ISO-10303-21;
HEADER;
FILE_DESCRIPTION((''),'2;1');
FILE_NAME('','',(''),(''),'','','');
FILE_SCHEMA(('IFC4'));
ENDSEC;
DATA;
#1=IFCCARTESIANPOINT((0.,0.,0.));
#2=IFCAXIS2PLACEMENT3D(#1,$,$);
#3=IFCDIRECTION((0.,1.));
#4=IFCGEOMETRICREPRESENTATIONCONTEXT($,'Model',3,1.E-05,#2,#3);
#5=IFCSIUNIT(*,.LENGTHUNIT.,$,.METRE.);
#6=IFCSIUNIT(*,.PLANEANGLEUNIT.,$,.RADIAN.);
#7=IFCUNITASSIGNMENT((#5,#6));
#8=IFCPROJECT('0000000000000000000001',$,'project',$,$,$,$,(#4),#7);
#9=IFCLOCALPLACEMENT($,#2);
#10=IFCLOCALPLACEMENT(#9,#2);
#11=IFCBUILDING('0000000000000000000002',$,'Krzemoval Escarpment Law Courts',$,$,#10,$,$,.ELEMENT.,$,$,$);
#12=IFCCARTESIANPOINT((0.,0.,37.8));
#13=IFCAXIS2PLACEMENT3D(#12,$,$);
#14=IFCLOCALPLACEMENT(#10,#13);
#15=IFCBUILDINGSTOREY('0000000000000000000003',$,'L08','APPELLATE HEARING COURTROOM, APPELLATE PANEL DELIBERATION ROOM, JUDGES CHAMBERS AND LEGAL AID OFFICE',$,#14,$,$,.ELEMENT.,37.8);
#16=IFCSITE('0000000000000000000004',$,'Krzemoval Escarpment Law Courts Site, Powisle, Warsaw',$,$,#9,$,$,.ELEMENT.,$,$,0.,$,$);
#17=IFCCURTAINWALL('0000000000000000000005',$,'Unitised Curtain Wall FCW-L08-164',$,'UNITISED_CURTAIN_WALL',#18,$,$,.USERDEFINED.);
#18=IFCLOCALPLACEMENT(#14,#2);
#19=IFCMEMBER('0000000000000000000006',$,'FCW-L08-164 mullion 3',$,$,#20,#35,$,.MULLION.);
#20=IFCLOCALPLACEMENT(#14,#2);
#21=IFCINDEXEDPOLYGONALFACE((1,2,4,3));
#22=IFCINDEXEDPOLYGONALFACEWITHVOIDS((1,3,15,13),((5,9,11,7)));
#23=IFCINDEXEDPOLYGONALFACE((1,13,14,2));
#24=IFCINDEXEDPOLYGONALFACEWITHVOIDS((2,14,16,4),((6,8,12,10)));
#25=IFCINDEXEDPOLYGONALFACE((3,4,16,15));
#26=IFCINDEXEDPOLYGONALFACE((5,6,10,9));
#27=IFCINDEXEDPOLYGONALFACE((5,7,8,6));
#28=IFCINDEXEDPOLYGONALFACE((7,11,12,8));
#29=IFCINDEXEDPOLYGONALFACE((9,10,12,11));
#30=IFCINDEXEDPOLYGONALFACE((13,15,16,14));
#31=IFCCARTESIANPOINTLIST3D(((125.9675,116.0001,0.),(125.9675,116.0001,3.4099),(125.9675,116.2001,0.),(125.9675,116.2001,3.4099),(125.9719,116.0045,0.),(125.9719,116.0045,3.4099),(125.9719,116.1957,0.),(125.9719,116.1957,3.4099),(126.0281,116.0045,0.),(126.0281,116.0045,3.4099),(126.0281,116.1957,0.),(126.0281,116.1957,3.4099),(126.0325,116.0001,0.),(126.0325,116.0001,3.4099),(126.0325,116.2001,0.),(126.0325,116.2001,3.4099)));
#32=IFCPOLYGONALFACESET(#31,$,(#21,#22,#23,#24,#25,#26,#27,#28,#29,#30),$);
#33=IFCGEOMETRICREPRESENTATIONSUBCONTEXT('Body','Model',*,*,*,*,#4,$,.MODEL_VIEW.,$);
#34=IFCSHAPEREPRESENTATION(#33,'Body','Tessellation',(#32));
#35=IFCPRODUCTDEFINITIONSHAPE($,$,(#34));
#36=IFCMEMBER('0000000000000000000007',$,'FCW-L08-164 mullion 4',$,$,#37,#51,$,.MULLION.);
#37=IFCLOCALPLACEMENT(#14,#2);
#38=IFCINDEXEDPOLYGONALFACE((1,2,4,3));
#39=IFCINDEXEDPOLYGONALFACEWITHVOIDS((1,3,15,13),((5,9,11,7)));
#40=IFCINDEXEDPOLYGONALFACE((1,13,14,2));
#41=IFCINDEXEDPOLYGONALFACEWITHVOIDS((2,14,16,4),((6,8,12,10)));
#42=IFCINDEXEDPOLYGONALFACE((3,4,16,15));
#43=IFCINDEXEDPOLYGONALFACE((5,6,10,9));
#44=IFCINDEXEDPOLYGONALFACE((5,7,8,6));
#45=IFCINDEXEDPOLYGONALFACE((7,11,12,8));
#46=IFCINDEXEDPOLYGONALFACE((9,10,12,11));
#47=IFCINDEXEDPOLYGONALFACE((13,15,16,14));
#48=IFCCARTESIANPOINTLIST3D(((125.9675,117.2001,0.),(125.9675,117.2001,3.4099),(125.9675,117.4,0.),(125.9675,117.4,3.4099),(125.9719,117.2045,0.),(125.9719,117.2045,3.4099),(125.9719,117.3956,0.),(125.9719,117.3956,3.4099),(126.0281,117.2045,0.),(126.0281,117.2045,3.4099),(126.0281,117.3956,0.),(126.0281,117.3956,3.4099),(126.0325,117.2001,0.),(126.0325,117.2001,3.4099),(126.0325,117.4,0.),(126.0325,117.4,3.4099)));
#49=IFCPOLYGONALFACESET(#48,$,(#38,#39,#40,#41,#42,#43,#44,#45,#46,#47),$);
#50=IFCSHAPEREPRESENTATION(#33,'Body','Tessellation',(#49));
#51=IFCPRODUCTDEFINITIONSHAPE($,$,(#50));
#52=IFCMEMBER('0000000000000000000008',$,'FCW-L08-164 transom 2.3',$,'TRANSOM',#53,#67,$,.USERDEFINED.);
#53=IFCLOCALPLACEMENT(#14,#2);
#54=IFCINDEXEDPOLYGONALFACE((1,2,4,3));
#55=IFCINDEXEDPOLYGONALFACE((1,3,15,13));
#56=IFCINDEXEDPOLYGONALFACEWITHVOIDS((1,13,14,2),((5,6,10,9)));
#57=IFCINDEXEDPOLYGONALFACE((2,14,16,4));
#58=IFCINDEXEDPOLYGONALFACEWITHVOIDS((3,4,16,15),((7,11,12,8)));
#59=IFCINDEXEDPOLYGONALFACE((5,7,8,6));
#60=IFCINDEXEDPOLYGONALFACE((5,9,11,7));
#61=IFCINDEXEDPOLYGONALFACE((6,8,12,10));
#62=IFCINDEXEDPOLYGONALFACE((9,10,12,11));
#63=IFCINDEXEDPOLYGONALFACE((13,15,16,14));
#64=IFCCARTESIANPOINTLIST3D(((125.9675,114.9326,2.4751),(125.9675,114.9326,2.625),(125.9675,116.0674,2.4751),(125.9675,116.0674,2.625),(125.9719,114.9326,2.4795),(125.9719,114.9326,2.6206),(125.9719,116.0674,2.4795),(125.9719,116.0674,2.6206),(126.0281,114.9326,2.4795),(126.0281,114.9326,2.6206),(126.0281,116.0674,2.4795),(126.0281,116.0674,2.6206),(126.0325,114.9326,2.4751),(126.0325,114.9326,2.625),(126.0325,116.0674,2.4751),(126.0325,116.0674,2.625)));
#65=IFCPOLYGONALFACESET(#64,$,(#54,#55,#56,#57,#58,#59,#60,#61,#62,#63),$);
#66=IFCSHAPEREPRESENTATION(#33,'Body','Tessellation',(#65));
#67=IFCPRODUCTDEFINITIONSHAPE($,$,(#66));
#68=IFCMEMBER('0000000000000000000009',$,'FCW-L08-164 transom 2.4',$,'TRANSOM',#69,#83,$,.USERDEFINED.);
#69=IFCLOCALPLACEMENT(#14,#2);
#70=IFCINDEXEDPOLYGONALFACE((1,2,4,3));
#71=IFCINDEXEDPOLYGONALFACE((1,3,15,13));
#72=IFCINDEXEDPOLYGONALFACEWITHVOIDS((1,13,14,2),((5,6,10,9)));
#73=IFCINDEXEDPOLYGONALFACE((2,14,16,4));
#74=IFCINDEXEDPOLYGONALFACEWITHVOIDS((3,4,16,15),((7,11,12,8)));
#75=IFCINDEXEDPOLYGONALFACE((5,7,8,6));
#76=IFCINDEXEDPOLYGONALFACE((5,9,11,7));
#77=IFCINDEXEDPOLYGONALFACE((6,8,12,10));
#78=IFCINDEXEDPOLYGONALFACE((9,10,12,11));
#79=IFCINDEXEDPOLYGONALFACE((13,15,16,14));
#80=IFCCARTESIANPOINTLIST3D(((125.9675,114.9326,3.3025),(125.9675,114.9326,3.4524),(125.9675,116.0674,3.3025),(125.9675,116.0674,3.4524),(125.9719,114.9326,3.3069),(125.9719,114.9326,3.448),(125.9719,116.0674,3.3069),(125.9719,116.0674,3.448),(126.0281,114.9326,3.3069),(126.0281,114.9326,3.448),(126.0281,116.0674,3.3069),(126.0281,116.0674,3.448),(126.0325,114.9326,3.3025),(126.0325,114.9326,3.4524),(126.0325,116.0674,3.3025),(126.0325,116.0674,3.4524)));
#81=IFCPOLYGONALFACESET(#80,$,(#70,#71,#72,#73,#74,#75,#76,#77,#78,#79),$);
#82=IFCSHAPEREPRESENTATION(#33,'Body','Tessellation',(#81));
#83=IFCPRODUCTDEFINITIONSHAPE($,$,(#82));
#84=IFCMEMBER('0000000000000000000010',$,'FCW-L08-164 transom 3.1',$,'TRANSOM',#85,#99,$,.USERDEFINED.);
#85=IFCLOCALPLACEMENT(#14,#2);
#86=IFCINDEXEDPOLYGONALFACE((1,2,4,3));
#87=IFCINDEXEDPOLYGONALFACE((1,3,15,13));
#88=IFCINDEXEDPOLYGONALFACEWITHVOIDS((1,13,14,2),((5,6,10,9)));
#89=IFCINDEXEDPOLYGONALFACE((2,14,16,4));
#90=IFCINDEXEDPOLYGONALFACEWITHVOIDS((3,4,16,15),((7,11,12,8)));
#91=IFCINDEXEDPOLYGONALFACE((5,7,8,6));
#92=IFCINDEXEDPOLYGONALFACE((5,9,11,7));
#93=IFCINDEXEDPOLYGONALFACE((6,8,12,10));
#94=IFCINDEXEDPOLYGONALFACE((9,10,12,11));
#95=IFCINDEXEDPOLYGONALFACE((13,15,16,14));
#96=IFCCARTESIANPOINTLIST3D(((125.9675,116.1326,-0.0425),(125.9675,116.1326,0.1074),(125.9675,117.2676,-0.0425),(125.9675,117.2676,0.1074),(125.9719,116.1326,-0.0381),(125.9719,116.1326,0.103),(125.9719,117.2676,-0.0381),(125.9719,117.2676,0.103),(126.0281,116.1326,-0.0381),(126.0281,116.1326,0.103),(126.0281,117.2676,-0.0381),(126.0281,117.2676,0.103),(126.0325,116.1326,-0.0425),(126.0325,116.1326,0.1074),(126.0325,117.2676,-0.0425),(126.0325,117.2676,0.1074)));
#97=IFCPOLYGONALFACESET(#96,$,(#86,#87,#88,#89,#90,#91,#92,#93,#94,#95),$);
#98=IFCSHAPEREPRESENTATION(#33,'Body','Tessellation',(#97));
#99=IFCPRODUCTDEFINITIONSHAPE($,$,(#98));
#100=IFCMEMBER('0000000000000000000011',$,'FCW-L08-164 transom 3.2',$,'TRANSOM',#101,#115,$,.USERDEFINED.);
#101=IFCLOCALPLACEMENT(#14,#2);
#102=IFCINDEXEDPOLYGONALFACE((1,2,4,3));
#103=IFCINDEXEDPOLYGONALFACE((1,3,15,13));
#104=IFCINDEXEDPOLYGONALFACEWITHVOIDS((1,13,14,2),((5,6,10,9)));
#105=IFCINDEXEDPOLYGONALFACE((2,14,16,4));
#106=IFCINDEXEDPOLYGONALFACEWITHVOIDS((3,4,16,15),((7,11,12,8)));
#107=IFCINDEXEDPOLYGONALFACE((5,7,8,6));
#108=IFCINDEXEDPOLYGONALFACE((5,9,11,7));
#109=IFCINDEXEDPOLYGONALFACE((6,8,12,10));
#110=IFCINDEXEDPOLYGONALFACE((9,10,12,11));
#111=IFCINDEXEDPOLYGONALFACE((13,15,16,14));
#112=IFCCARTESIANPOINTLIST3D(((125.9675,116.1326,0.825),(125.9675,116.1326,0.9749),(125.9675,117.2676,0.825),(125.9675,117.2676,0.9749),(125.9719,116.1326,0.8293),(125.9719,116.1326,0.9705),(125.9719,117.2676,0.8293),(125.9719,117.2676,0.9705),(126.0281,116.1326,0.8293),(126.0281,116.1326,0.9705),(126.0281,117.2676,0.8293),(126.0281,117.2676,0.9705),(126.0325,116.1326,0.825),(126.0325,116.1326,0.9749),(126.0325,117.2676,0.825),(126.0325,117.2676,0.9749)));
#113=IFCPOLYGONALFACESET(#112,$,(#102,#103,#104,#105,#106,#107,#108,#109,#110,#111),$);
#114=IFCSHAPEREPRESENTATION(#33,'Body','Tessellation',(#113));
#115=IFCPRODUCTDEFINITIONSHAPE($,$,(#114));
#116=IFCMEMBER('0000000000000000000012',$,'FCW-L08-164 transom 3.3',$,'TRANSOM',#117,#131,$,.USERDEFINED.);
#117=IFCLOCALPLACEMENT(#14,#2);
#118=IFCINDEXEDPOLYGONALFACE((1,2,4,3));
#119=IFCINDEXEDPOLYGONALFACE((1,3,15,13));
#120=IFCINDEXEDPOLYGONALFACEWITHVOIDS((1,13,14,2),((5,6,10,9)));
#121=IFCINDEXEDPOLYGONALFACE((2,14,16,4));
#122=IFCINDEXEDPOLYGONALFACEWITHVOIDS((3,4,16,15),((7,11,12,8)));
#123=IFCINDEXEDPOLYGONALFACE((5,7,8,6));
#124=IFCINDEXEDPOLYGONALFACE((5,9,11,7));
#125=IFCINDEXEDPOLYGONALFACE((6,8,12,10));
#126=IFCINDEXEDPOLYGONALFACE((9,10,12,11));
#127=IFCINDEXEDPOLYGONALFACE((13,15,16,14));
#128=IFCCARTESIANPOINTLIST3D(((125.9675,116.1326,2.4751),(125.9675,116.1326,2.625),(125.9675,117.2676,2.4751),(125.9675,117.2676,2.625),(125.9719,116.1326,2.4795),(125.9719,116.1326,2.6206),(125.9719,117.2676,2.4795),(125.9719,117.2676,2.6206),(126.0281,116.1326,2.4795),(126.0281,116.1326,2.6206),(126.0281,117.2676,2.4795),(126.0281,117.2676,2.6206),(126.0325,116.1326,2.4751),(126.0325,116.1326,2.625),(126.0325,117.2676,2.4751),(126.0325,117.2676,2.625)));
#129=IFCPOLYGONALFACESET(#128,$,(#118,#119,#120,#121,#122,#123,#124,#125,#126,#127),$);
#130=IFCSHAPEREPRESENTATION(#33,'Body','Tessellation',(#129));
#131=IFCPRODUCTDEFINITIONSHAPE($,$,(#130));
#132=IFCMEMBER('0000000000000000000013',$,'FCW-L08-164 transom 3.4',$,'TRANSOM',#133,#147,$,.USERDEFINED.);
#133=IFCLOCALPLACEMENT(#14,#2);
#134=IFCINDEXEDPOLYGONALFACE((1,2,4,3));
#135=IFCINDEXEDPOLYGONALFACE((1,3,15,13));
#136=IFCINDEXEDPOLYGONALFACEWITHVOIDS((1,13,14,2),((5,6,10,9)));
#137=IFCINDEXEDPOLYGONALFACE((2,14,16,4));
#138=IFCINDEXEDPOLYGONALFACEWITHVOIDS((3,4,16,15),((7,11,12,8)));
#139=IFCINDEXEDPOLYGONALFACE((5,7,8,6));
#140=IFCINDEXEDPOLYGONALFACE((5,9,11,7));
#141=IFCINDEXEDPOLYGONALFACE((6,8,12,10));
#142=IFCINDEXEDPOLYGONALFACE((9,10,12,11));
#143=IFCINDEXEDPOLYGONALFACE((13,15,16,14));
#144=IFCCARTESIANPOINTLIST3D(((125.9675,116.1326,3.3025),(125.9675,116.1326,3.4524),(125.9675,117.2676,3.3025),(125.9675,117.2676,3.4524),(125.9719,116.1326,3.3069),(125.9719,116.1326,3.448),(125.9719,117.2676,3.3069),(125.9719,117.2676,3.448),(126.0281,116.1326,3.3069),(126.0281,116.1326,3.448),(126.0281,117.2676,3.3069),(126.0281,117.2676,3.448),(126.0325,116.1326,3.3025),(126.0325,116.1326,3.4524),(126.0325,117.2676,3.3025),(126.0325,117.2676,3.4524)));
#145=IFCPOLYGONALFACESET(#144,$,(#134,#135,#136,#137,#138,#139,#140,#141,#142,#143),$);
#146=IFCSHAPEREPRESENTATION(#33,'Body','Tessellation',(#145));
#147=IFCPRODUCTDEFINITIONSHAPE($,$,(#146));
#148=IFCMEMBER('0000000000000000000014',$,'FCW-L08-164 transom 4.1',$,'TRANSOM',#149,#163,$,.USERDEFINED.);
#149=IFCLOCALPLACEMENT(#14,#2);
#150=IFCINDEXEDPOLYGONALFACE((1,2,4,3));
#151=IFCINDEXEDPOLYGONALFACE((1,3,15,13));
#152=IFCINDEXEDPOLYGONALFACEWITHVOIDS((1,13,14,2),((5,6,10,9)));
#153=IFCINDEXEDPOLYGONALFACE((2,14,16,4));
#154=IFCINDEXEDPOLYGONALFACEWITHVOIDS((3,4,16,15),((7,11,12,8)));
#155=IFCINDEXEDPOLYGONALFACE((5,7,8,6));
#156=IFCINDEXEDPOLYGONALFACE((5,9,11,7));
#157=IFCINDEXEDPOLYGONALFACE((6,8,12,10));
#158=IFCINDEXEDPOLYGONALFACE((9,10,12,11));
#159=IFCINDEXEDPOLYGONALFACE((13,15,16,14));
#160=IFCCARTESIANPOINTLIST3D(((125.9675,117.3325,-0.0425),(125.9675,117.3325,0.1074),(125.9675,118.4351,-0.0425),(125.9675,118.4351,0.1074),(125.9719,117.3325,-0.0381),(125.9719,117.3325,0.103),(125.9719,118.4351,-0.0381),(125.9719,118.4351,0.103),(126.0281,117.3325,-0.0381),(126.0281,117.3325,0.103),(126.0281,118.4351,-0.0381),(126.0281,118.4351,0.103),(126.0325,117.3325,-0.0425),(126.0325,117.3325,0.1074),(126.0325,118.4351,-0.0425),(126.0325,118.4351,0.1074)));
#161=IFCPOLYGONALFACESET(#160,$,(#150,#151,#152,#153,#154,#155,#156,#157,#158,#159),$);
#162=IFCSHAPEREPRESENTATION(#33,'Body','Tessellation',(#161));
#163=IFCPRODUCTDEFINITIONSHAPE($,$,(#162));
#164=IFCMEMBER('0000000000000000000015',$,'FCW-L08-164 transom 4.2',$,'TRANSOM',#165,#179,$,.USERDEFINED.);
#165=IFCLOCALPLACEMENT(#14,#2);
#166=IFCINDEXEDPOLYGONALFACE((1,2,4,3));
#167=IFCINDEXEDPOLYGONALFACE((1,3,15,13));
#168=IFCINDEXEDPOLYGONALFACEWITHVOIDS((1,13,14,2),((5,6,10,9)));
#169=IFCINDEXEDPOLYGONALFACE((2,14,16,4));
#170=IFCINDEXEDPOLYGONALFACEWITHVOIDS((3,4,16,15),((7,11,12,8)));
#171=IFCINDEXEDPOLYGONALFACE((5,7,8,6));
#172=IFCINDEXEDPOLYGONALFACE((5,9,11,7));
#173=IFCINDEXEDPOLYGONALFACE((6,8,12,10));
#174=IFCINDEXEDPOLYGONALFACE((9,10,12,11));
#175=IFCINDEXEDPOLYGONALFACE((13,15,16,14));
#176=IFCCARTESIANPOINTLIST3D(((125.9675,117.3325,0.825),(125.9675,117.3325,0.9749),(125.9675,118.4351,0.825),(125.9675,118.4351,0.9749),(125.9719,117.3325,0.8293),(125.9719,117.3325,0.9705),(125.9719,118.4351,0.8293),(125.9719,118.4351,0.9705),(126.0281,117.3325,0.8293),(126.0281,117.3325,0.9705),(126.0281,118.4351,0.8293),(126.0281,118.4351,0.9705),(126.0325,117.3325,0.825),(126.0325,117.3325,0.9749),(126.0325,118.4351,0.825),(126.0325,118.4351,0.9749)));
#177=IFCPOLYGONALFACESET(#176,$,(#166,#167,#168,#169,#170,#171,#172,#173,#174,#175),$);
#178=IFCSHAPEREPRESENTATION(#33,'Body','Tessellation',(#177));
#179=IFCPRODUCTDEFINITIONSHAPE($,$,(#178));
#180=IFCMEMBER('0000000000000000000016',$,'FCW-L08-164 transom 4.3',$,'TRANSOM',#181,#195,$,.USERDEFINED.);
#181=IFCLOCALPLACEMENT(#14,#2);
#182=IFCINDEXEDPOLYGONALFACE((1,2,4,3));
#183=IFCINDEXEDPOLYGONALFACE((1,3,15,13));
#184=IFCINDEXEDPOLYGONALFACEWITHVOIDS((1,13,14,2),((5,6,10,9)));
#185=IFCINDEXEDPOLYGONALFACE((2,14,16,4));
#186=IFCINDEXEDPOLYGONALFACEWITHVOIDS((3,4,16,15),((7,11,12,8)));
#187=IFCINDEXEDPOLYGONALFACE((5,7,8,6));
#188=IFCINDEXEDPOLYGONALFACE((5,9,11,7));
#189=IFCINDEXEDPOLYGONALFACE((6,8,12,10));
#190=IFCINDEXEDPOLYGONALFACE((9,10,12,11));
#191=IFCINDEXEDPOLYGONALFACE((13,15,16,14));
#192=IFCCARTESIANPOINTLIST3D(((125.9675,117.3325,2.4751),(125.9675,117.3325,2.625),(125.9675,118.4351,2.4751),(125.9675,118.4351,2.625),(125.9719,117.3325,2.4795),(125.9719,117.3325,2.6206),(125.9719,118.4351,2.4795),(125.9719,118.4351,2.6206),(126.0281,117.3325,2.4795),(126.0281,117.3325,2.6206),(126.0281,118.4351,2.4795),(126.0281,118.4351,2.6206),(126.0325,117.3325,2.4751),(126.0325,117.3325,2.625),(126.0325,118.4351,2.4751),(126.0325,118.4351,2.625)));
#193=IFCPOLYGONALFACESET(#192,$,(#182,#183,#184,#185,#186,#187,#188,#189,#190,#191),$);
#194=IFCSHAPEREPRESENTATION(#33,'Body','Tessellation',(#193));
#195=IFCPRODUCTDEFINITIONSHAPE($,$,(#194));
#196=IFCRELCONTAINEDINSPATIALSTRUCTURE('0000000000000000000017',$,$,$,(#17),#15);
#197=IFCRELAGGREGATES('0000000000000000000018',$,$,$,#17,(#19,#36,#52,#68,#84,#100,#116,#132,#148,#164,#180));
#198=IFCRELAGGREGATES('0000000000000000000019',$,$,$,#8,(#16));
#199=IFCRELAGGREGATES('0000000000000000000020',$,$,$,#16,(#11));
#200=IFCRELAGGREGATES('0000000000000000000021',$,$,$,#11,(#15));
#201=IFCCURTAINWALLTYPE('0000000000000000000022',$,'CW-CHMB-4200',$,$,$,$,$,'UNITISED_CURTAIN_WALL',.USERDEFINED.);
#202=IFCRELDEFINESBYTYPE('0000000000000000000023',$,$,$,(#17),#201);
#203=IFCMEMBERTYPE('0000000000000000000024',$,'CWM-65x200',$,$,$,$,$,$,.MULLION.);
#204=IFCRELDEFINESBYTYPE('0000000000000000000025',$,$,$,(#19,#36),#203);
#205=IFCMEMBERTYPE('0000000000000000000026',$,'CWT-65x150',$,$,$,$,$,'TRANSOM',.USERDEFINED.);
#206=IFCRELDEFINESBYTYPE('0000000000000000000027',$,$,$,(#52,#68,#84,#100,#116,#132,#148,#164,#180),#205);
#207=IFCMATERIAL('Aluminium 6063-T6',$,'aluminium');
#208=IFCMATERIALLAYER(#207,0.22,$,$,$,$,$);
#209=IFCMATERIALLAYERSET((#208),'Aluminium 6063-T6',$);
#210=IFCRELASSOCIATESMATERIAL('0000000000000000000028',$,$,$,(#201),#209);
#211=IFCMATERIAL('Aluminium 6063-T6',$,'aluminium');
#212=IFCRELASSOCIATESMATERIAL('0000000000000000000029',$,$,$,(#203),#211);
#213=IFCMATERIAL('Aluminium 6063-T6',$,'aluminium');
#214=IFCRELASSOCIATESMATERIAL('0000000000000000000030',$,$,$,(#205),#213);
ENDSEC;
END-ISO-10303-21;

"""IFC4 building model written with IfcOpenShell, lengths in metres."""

from ifc_helpers import new_model, si_unit, direction, frame, origin, origin_2d, place, context, subcontext, project, spatial, hollow_rectangle, extrude, material, layer, layer_set, material_profile, profile_set, type_object, element, aggregate, save


model = new_model("IFC4")

# Units and contexts
model_context = context("Model", 3, precision=1e-05, world=origin(), true_north=direction((0.0, 1.0)))
body_context = subcontext(model_context, "Body", "Model", "MODEL_VIEW")
ifc_project = project(units=[si_unit("LENGTHUNIT", "METRE"), si_unit("PLANEANGLEUNIT", "RADIAN")], contexts=[model_context])

# Site, building, storey
site_placement = place(None, origin())
site = spatial("IfcSite", under=ifc_project, at=site_placement, Name="Krzemoval Escarpment Law Courts Site, Powisle, Warsaw", CompositionType="ELEMENT", RefElevation=0.0)
building_placement = place(site_placement, origin())
building = spatial("IfcBuilding", under=site, at=building_placement, Name="Krzemoval Escarpment Law Courts", CompositionType="ELEMENT")
storey_placement = place(building_placement, frame((0.0, 0.0, 37.8)))
storey = spatial("IfcBuildingStorey", under=building, at=storey_placement, Name="L08", Description="APPELLATE HEARING COURTROOM, APPELLATE PANEL DELIBERATION ROOM, JUDGES CHAMBERS AND LEGAL AID OFFICE", CompositionType="ELEMENT", Elevation=37.8)

# Curtain wall, members
ifc_material_1 = material(Name="Aluminium 6063-T6", Category="aluminium")
ifc_layer_1 = layer(ifc_material_1, 0.22)
ifc_layer_set_1 = layer_set([ifc_layer_1], Name="Aluminium 6063-T6")
curtain_wall_type = type_object("IfcCurtainWallType", Name="CW-CHMB-4200", ElementType="UNITISED_CURTAIN_WALL", PredefinedType="USERDEFINED", material=ifc_layer_set_1)
curtain_wall_placement = place(storey_placement, origin())
curtain_wall = element("IfcCurtainWall", 1, at=curtain_wall_placement, inside=storey, type_object=curtain_wall_type, Name="Unitised Curtain Wall FCW-L08-164", ObjectType="UNITISED_CURTAIN_WALL", PredefinedType="USERDEFINED")
ifc_material_2 = material(Name="Aluminium 6063-T6", Category="aluminium")
ifc_material_profile_1 = material_profile(ifc_material_2, hollow_rectangle(XDim=0.0649, YDim=0.2, WallThickness=0.0044, at=origin_2d()), Name="ALU M65x200")
ifc_profile_set_1 = profile_set([ifc_material_profile_1], Name="Aluminium 6063-T6")
member_type_1 = type_object("IfcMemberType", Name="CWM-65x200", PredefinedType="MULLION", material=ifc_profile_set_1)
member_1_placement = place(storey_placement, frame((126.0, 116.1001, 0.0), z_axis=(0.0, 0.0, 1.0), x_axis=(-1.0, 0.0, 0.0)))
member_1 = element("IfcMember", 2, at=member_1_placement, type_object=member_type_1, Name="FCW-L08-164 mullion 3", PredefinedType="MULLION", context=body_context, shape_type="SweptSolid", body=[
    extrude(hollow_rectangle(XDim=0.0649, YDim=0.2, WallThickness=0.0044, at=origin_2d()), origin(), (0.0, 0.0, 1.0), 3.4099),
])
member_2_placement = place(storey_placement, frame((126.0, 117.3, 0.0), z_axis=(0.0, 0.0, 1.0), x_axis=(-1.0, 0.0, 0.0)))
member_2 = element("IfcMember", 3, at=member_2_placement, type_object=member_type_1, Name="FCW-L08-164 mullion 4", PredefinedType="MULLION", context=body_context, shape_type="SweptSolid", body=[
    extrude(hollow_rectangle(XDim=0.0649, YDim=0.2, WallThickness=0.0044, at=origin_2d()), origin(), (0.0, 0.0, 1.0), 3.4099),
])
ifc_material_3 = material(Name="Aluminium 6063-T6", Category="aluminium")
ifc_material_profile_2 = material_profile(ifc_material_3, hollow_rectangle(XDim=0.0649, YDim=0.1499, WallThickness=0.0044, at=origin_2d()), Name="ALU T65x150")
ifc_profile_set_2 = profile_set([ifc_material_profile_2], Name="Aluminium 6063-T6")
member_type_2 = type_object("IfcMemberType", Name="CWT-65x150", ElementType="TRANSOM", PredefinedType="USERDEFINED", material=ifc_profile_set_2)
member_3_placement = place(storey_placement, frame((126.0, 114.9326, 2.55), z_axis=(0.0, 1.0, 0.0), x_axis=(-1.0, 0.0, 0.0)))
member_3 = element("IfcMember", 4, at=member_3_placement, type_object=member_type_2, Name="FCW-L08-164 transom 2.3", ObjectType="TRANSOM", PredefinedType="USERDEFINED", context=body_context, shape_type="SweptSolid", body=[
    extrude(hollow_rectangle(XDim=0.0649, YDim=0.1499, WallThickness=0.0044, at=origin_2d()), origin(), (0.0, 0.0, 1.0), 1.1348),
])
member_4_placement = place(storey_placement, frame((126.0, 114.9326, 3.3774), z_axis=(0.0, 1.0, 0.0), x_axis=(-1.0, 0.0, 0.0)))
member_4 = element("IfcMember", 5, at=member_4_placement, type_object=member_type_2, Name="FCW-L08-164 transom 2.4", ObjectType="TRANSOM", PredefinedType="USERDEFINED", context=body_context, shape_type="SweptSolid", body=[
    extrude(hollow_rectangle(XDim=0.0649, YDim=0.1499, WallThickness=0.0044, at=origin_2d()), origin(), (0.0, 0.0, 1.0), 1.1348),
])
member_5_placement = place(storey_placement, frame((126.0, 116.1326, 0.0325), z_axis=(0.0, 1.0, 0.0), x_axis=(-1.0, 0.0, 0.0)))
member_5 = element("IfcMember", 6, at=member_5_placement, type_object=member_type_2, Name="FCW-L08-164 transom 3.1", ObjectType="TRANSOM", PredefinedType="USERDEFINED", context=body_context, shape_type="SweptSolid", body=[
    extrude(hollow_rectangle(XDim=0.0649, YDim=0.1499, WallThickness=0.0044, at=origin_2d()), origin(), (0.0, 0.0, 1.0), 1.135),
])
member_6_placement = place(storey_placement, frame((126.0, 116.1326, 0.8999), z_axis=(0.0, 1.0, 0.0), x_axis=(-1.0, 0.0, 0.0)))
member_6 = element("IfcMember", 7, at=member_6_placement, type_object=member_type_2, Name="FCW-L08-164 transom 3.2", ObjectType="TRANSOM", PredefinedType="USERDEFINED", context=body_context, shape_type="SweptSolid", body=[
    extrude(hollow_rectangle(XDim=0.0649, YDim=0.1499, WallThickness=0.0044, at=origin_2d()), origin(), (0.0, 0.0, 1.0), 1.135),
])
member_7_placement = place(storey_placement, frame((126.0, 116.1326, 2.55), z_axis=(0.0, 1.0, 0.0), x_axis=(-1.0, 0.0, 0.0)))
member_7 = element("IfcMember", 8, at=member_7_placement, type_object=member_type_2, Name="FCW-L08-164 transom 3.3", ObjectType="TRANSOM", PredefinedType="USERDEFINED", context=body_context, shape_type="SweptSolid", body=[
    extrude(hollow_rectangle(XDim=0.0649, YDim=0.1499, WallThickness=0.0044, at=origin_2d()), origin(), (0.0, 0.0, 1.0), 1.135),
])
member_8_placement = place(storey_placement, frame((126.0, 116.1326, 3.3774), z_axis=(0.0, 1.0, 0.0), x_axis=(-1.0, 0.0, 0.0)))
member_8 = element("IfcMember", 9, at=member_8_placement, type_object=member_type_2, Name="FCW-L08-164 transom 3.4", ObjectType="TRANSOM", PredefinedType="USERDEFINED", context=body_context, shape_type="SweptSolid", body=[
    extrude(hollow_rectangle(XDim=0.0649, YDim=0.1499, WallThickness=0.0044, at=origin_2d()), origin(), (0.0, 0.0, 1.0), 1.135),
])
member_9_placement = place(storey_placement, frame((126.0, 117.3325, 0.0325), z_axis=(0.0, 1.0, 0.0), x_axis=(-1.0, 0.0, 0.0)))
member_9 = element("IfcMember", 10, at=member_9_placement, type_object=member_type_2, Name="FCW-L08-164 transom 4.1", ObjectType="TRANSOM", PredefinedType="USERDEFINED", context=body_context, shape_type="SweptSolid", body=[
    extrude(hollow_rectangle(XDim=0.0649, YDim=0.1499, WallThickness=0.0044, at=origin_2d()), origin(), (0.0, 0.0, 1.0), 1.1025),
])
member_10_placement = place(storey_placement, frame((126.0, 117.3325, 0.8999), z_axis=(0.0, 1.0, 0.0), x_axis=(-1.0, 0.0, 0.0)))
member_10 = element("IfcMember", 11, at=member_10_placement, type_object=member_type_2, Name="FCW-L08-164 transom 4.2", ObjectType="TRANSOM", PredefinedType="USERDEFINED", context=body_context, shape_type="SweptSolid", body=[
    extrude(hollow_rectangle(XDim=0.0649, YDim=0.1499, WallThickness=0.0044, at=origin_2d()), origin(), (0.0, 0.0, 1.0), 1.1025),
])
member_11_placement = place(storey_placement, frame((126.0, 117.3325, 2.55), z_axis=(0.0, 1.0, 0.0), x_axis=(-1.0, 0.0, 0.0)))
member_11 = element("IfcMember", 12, at=member_11_placement, type_object=member_type_2, Name="FCW-L08-164 transom 4.3", ObjectType="TRANSOM", PredefinedType="USERDEFINED", context=body_context, shape_type="SweptSolid", body=[
    extrude(hollow_rectangle(XDim=0.0649, YDim=0.1499, WallThickness=0.0044, at=origin_2d()), origin(), (0.0, 0.0, 1.0), 1.1025),
])
aggregate(curtain_wall, [member_1, member_2, member_3, member_4, member_5, member_6, member_7, member_8, member_9, member_10, member_11])

save(model, "model.ifc")
